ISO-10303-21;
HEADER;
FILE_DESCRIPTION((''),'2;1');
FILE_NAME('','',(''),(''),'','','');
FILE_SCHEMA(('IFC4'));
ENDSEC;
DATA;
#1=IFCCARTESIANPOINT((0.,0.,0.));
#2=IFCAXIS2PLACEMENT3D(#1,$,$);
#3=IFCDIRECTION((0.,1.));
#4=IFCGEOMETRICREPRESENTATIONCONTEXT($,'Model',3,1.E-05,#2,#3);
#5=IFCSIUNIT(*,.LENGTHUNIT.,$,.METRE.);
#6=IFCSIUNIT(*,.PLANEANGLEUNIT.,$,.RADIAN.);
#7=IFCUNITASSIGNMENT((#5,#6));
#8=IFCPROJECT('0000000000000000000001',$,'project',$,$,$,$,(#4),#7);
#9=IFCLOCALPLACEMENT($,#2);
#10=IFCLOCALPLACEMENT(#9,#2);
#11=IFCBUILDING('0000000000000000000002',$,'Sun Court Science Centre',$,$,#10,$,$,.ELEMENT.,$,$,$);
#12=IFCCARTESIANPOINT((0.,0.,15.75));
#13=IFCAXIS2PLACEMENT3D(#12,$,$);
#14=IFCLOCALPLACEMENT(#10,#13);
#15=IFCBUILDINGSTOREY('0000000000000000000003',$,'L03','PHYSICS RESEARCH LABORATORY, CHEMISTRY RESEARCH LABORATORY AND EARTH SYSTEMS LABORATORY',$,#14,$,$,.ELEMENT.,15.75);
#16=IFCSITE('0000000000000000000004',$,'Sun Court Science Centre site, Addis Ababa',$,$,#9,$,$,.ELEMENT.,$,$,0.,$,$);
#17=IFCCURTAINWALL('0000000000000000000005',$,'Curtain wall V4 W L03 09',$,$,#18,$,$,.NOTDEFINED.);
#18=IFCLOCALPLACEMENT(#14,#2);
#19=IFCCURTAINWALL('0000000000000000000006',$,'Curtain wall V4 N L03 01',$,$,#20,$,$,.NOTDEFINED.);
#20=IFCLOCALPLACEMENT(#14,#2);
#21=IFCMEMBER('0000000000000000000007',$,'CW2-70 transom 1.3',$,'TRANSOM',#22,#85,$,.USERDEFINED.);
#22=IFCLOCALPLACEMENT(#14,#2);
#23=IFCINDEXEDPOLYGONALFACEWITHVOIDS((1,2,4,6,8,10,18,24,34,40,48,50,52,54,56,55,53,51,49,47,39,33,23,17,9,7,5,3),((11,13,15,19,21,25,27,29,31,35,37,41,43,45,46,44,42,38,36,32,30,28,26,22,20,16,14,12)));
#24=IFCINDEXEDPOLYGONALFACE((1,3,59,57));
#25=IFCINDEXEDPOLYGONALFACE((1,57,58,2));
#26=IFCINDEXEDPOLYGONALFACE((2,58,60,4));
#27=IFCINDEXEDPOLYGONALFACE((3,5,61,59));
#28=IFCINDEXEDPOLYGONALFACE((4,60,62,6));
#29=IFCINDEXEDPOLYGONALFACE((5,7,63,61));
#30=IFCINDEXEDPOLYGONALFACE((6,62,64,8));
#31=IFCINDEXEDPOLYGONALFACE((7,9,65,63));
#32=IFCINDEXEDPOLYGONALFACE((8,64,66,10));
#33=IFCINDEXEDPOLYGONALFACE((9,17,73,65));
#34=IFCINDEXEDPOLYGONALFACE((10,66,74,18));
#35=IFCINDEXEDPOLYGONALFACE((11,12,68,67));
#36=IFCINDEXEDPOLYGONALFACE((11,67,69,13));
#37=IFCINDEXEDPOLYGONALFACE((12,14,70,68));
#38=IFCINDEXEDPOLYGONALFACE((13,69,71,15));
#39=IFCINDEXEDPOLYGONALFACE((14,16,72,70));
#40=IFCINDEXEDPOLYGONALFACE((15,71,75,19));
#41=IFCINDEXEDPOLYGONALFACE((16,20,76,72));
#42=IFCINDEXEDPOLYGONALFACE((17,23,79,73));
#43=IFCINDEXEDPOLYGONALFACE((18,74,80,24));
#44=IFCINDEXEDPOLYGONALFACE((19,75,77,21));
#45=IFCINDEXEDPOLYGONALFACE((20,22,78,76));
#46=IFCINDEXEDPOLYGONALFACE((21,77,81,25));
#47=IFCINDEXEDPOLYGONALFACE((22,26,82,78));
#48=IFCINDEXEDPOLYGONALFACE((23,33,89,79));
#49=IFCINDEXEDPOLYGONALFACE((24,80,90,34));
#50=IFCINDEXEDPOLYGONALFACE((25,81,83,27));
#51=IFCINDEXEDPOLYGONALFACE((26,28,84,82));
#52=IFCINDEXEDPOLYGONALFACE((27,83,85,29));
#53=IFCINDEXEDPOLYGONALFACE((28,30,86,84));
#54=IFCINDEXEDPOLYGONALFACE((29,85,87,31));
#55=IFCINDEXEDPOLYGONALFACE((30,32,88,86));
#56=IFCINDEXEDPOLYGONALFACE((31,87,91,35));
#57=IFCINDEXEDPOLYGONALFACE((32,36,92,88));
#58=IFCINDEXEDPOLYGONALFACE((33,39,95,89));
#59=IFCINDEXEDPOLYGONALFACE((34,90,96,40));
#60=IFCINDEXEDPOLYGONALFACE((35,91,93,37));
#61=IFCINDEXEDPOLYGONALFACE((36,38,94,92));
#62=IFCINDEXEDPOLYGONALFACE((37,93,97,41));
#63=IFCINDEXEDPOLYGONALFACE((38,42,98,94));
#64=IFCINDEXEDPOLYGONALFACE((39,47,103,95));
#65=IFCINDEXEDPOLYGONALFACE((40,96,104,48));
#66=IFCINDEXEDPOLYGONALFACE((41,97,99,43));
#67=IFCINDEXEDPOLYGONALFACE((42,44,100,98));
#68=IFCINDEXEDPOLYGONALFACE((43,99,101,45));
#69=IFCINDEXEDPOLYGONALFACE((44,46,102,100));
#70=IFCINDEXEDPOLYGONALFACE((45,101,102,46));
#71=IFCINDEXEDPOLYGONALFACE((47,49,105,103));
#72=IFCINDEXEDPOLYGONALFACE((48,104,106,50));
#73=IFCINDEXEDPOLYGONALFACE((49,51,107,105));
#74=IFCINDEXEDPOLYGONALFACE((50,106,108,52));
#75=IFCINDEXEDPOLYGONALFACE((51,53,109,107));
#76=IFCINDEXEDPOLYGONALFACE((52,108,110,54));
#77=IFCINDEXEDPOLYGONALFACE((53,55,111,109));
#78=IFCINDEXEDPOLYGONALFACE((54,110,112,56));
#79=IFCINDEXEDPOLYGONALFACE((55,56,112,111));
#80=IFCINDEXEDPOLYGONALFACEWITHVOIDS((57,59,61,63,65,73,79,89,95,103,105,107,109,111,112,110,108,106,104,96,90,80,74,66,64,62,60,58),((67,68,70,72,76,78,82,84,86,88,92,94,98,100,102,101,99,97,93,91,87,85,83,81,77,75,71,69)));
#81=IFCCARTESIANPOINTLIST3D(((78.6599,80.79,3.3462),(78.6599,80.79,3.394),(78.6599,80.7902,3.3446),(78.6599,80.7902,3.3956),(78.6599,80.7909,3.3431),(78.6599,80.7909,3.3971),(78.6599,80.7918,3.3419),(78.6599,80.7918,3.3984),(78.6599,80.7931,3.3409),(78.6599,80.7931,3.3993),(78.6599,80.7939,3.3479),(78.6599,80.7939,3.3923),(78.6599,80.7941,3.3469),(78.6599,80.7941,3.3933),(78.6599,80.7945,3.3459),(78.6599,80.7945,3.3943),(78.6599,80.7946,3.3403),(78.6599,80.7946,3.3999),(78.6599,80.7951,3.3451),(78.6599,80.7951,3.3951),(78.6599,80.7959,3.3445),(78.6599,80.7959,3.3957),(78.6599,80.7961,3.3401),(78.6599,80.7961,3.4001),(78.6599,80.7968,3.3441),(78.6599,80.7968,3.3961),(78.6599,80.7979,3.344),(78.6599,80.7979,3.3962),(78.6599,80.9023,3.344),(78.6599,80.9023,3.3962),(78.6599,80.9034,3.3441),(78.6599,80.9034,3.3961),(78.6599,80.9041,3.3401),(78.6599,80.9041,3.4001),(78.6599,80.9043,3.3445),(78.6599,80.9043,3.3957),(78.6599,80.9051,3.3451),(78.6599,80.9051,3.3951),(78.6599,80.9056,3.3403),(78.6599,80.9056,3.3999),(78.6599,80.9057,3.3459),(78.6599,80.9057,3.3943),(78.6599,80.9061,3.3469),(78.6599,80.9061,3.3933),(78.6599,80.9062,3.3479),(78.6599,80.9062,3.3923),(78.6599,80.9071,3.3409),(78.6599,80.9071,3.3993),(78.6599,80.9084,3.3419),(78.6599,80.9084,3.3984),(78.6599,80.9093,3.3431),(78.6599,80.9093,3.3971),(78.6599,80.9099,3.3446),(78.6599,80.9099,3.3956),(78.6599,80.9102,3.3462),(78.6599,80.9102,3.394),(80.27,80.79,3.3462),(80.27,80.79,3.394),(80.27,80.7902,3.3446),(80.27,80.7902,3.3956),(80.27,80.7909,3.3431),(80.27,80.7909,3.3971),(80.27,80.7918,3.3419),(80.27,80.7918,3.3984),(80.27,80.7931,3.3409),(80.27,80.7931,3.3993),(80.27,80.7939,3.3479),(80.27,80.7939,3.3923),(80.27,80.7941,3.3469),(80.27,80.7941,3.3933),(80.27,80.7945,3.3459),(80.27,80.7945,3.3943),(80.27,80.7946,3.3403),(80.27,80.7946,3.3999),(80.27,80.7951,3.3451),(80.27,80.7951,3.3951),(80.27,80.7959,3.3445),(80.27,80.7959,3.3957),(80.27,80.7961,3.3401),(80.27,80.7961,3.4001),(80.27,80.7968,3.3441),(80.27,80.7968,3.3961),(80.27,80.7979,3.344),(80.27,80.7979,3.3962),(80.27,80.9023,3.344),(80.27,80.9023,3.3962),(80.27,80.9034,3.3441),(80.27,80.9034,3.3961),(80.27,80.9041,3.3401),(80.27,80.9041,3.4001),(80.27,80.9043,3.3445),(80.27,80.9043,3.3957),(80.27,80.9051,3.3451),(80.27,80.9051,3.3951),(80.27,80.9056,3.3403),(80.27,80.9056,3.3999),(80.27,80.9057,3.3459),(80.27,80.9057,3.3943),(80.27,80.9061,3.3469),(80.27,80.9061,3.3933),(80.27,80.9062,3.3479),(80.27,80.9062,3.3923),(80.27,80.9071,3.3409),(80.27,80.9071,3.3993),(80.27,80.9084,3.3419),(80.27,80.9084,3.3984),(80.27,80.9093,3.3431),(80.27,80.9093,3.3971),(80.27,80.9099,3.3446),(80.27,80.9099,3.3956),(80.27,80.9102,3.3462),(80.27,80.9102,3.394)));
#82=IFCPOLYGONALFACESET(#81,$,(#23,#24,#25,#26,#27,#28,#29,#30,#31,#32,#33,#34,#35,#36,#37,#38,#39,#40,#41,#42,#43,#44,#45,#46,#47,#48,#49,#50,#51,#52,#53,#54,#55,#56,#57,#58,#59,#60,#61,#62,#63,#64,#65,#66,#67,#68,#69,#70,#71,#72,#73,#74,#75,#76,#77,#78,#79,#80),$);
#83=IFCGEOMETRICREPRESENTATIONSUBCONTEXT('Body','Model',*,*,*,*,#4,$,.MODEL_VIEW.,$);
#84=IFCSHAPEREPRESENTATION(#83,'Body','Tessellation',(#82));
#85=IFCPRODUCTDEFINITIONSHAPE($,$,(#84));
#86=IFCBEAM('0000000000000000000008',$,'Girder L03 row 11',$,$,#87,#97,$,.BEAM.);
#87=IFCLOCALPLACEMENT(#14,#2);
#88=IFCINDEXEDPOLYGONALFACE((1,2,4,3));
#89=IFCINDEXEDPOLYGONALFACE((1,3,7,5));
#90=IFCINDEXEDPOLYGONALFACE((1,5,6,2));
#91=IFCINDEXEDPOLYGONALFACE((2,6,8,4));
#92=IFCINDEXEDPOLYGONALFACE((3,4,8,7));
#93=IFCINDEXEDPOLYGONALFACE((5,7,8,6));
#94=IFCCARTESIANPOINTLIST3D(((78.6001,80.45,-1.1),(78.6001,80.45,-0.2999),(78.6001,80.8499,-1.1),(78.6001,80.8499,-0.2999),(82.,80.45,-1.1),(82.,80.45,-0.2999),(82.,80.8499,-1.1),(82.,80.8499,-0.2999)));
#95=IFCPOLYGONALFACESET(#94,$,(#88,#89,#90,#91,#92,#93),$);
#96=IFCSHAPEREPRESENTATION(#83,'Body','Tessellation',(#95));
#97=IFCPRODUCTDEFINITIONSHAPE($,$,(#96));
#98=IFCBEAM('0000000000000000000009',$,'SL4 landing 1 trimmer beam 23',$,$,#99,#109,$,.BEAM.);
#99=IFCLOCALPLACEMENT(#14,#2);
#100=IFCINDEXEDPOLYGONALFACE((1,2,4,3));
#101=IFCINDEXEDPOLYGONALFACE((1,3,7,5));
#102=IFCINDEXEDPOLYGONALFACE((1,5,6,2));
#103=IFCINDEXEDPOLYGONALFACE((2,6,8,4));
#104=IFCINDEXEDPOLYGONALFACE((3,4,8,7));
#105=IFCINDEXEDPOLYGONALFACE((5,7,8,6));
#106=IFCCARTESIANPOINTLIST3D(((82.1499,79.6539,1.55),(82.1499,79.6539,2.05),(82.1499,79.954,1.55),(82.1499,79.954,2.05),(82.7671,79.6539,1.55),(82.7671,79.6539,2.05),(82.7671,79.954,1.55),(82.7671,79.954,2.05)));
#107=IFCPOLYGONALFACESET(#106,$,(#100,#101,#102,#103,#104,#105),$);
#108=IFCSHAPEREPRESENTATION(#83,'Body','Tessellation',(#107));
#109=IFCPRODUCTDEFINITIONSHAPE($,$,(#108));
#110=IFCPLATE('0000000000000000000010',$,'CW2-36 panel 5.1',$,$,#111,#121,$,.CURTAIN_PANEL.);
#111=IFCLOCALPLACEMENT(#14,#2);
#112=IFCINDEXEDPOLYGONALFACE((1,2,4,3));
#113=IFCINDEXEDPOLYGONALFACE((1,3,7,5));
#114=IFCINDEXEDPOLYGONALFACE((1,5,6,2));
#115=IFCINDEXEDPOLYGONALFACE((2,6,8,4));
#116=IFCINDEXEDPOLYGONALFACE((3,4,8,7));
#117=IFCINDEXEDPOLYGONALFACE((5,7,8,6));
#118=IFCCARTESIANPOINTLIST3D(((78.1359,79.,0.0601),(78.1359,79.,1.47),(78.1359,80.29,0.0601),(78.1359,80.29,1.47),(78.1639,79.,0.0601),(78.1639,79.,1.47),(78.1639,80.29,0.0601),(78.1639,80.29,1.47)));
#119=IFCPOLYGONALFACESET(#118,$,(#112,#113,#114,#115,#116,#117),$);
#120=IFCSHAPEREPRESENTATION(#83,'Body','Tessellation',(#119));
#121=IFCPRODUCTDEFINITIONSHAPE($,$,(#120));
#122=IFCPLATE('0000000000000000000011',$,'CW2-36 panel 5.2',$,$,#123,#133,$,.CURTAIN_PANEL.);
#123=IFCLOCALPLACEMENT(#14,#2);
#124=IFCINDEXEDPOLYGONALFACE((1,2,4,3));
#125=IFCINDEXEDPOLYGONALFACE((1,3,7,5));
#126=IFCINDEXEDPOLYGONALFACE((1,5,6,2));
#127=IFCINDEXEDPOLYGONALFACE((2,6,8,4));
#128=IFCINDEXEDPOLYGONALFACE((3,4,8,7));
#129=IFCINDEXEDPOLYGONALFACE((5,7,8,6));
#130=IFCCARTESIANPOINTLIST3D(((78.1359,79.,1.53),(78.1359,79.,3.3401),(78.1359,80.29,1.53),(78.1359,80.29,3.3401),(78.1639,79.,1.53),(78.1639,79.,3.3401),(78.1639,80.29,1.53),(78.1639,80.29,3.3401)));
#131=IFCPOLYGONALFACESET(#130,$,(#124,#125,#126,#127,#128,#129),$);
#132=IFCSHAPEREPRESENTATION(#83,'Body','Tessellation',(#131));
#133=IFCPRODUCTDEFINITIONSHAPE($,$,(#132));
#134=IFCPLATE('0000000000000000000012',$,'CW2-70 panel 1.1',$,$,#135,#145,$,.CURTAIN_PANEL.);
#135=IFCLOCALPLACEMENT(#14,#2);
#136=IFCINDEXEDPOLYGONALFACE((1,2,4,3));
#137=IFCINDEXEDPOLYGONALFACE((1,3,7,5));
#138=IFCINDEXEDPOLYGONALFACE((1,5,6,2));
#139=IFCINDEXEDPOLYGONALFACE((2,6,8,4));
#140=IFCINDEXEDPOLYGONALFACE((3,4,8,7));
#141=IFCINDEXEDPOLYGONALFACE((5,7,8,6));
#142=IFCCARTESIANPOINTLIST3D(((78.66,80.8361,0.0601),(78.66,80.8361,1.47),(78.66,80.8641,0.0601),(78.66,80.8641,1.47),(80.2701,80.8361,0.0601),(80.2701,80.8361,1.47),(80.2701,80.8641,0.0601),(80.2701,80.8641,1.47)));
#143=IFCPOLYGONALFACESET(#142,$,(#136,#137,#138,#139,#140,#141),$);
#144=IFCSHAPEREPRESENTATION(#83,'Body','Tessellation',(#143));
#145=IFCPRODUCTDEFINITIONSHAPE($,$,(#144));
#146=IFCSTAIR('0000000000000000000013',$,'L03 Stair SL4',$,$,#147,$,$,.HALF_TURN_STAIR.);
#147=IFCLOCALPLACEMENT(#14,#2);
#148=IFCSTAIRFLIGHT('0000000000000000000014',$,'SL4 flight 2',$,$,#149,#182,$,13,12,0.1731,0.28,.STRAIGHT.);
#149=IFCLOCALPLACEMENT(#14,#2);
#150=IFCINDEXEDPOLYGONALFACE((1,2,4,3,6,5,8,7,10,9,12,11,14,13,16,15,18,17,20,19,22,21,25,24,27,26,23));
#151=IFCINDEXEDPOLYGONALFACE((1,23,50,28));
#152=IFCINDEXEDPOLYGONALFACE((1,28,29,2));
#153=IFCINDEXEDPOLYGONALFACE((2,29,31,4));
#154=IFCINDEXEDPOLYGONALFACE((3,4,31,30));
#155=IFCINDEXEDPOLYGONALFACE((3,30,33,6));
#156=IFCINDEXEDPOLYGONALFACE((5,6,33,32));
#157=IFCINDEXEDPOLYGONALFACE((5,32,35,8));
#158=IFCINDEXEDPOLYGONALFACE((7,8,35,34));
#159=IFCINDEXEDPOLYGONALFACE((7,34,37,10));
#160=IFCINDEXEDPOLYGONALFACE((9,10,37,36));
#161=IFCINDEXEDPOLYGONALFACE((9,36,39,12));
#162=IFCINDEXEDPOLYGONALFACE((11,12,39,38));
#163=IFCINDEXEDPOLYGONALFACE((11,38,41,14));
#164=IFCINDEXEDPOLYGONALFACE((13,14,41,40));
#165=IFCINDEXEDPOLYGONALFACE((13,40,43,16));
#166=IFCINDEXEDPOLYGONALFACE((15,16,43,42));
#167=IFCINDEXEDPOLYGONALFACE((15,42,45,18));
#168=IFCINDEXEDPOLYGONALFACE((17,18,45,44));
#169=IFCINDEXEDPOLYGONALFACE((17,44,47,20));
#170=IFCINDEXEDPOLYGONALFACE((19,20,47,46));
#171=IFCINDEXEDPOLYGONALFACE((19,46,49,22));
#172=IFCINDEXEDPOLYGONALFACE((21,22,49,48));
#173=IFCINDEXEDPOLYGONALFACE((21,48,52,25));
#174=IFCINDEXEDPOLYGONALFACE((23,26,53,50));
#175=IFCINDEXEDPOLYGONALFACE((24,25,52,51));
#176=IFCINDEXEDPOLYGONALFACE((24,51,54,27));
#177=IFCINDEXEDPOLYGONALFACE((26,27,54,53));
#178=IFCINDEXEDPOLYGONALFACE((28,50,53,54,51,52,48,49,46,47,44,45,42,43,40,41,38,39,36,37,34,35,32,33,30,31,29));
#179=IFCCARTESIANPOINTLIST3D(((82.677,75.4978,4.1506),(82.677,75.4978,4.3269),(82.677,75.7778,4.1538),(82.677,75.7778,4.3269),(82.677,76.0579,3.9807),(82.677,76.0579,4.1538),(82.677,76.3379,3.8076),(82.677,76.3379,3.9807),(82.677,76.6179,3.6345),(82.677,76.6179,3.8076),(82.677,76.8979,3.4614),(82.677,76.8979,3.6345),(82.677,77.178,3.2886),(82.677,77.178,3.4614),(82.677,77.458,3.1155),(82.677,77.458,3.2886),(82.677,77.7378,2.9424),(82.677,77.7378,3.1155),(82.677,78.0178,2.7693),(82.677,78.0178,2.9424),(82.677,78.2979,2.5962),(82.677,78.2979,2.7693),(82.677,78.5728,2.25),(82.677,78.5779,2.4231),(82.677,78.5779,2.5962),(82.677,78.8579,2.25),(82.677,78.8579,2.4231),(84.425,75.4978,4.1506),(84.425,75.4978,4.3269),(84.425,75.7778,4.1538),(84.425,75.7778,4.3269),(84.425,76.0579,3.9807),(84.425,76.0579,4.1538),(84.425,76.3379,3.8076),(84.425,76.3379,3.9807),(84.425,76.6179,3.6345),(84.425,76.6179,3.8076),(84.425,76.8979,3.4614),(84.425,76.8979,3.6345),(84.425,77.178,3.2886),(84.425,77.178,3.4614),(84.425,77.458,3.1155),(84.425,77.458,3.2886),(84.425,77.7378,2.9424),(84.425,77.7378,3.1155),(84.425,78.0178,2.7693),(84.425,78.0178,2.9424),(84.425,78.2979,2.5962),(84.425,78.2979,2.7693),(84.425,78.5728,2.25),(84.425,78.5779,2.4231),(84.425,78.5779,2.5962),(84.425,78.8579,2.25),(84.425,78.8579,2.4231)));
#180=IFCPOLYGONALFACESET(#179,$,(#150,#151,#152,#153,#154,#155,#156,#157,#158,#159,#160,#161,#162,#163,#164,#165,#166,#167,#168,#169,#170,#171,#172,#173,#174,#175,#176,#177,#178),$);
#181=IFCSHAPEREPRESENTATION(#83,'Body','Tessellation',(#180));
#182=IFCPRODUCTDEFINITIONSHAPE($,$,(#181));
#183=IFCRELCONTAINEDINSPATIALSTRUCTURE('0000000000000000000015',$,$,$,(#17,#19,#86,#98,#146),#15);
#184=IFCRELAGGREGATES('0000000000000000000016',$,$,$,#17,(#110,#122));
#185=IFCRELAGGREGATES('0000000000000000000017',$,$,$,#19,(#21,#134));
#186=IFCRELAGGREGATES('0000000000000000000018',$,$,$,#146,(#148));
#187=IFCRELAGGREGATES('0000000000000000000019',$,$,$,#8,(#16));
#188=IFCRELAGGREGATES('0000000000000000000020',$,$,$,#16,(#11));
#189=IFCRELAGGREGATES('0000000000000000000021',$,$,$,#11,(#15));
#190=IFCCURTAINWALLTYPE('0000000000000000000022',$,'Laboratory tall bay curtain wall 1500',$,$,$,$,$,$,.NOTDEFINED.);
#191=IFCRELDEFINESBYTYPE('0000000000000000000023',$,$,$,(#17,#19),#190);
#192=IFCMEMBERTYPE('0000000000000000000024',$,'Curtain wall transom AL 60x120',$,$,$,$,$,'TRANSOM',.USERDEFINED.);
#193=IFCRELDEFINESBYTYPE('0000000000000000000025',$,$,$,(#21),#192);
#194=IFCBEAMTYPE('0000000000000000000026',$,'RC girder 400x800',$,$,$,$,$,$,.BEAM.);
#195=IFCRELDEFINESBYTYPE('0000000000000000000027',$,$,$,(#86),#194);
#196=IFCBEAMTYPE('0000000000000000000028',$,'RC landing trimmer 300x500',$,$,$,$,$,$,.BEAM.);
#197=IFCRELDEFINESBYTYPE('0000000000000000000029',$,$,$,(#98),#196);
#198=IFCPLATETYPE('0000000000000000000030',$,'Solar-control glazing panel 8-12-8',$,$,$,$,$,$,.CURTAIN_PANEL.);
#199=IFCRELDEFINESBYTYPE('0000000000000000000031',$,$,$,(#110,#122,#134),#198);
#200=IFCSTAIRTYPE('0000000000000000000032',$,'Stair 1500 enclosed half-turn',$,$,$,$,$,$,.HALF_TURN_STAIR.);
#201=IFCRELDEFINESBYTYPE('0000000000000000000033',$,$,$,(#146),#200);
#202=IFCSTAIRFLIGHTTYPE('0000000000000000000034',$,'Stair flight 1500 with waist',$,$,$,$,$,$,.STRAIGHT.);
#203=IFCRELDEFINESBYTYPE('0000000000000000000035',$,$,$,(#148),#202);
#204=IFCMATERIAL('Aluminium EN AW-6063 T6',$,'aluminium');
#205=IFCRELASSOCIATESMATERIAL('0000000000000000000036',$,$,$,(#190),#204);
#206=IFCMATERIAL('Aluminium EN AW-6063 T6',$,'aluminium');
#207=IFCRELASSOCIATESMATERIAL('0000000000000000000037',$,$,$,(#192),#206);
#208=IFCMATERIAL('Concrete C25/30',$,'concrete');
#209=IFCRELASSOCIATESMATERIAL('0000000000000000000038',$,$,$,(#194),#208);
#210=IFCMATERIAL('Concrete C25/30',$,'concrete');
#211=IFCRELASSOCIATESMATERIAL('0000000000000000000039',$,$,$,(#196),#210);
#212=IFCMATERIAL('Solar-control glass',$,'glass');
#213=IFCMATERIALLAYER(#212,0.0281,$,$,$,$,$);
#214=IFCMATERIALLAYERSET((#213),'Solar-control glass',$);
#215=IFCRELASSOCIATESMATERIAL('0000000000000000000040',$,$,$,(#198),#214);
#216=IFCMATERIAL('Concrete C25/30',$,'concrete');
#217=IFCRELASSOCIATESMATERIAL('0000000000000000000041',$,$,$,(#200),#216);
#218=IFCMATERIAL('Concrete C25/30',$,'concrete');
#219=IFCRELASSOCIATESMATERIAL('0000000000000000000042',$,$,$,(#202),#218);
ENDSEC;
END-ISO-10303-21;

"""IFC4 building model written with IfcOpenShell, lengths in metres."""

from ifc_helpers import new_model, si_unit, direction, frame, origin, origin_2d, place, context, subcontext, project, spatial, polyline, rectangle, hollow_rectangle, outline, extrude, material, layer, layer_set, material_profile, profile_set, type_object, element, aggregate, save


model = new_model("IFC4")

# Units and contexts
model_context = context("Model", 3, precision=1e-05, world=origin(), true_north=direction((0.0, 1.0)))
body_context = subcontext(model_context, "Body", "Model", "MODEL_VIEW")
ifc_project = project(units=[si_unit("LENGTHUNIT", "METRE"), si_unit("PLANEANGLEUNIT", "RADIAN")], contexts=[model_context])

# Site, building, storey
site_placement = place(None, origin())
site = spatial("IfcSite", under=ifc_project, at=site_placement, Name="Sun Court Science Centre site, Addis Ababa", CompositionType="ELEMENT", RefElevation=0.0)
building_placement = place(site_placement, origin())
building = spatial("IfcBuilding", under=site, at=building_placement, Name="Sun Court Science Centre", CompositionType="ELEMENT")
storey_placement = place(building_placement, frame((0.0, 0.0, 15.75)))
storey = spatial("IfcBuildingStorey", under=building, at=storey_placement, Name="L03", Description="PHYSICS RESEARCH LABORATORY, CHEMISTRY RESEARCH LABORATORY AND EARTH SYSTEMS LABORATORY", CompositionType="ELEMENT", Elevation=15.75)

# Curtain wall
ifc_material_1 = material(Name="Aluminium EN AW-6063 T6", Category="aluminium")
curtain_wall_type = type_object("IfcCurtainWallType", Name="Laboratory tall bay curtain wall 1500", PredefinedType="NOTDEFINED", material=ifc_material_1)
curtain_wall_1_placement = place(storey_placement, origin())
curtain_wall_1 = element("IfcCurtainWall", 1, at=curtain_wall_1_placement, inside=storey, type_object=curtain_wall_type, Name="Curtain wall V4 W L03 09", PredefinedType="NOTDEFINED")

# Curtain wall
curtain_wall_2_placement = place(storey_placement, origin())
curtain_wall_2 = element("IfcCurtainWall", 2, at=curtain_wall_2_placement, inside=storey, type_object=curtain_wall_type, Name="Curtain wall V4 N L03 01", PredefinedType="NOTDEFINED")

# Member
ifc_material_2 = material(Name="Aluminium EN AW-6063 T6", Category="aluminium")
ifc_material_profile_1 = material_profile(ifc_material_2, hollow_rectangle(XDim=0.0601, YDim=0.1201, WallThickness=0.0039, InnerFilletRadius=0.0039, OuterFilletRadius=0.0061, at=origin_2d()), Name="AL 60x120x4")
ifc_profile_set_1 = profile_set([ifc_material_profile_1], Name="Aluminium EN AW-6063 T6")
member_type_1 = type_object("IfcMemberType", Name="Curtain wall transom AL 60x120", ElementType="TRANSOM", PredefinedType="USERDEFINED", material=ifc_profile_set_1)
member_1_placement = place(storey_placement, frame((78.6599, 80.8501, 3.3701), z_axis=(1.0, 0.0, 0.0), x_axis=(0.0, 0.0, 1.0)))
member_1 = element("IfcMember", 3, at=member_1_placement, type_object=member_type_1, Name="CW2-70 transom 1.3", ObjectType="TRANSOM", PredefinedType="USERDEFINED", context=body_context, shape_type="SweptSolid", body=[
    extrude(hollow_rectangle(XDim=0.0601, YDim=0.1201, WallThickness=0.0039, InnerFilletRadius=0.0039, OuterFilletRadius=0.0061, at=origin_2d()), origin(), (0.0, 0.0, 1.0), 1.6101),
])

# Beams
ifc_material_3 = material(Name="Concrete C25/30", Category="concrete")
ifc_material_profile_2 = material_profile(ifc_material_3, rectangle(XDim=0.3999, YDim=0.8, at=origin_2d()), Name="RC 400x800")
ifc_profile_set_2 = profile_set([ifc_material_profile_2], Name="Concrete C25/30")
beam_type_1 = type_object("IfcBeamType", Name="RC girder 400x800", PredefinedType="BEAM", material=ifc_profile_set_2)
beam_1_placement = place(storey_placement, frame((78.6001, 80.6499, -0.7), z_axis=(1.0, 0.0, 0.0), x_axis=(0.0, 1.0, 0.0)))
element("IfcBeam", 4, at=beam_1_placement, inside=storey, type_object=beam_type_1, Name="Girder L03 row 11", PredefinedType="BEAM", context=body_context, shape_type="SweptSolid", body=[
    extrude(rectangle(XDim=0.3999, YDim=0.8, at=origin_2d()), origin(), (0.0, 0.0, 1.0), 3.3999),
])
ifc_material_4 = material(Name="Concrete C25/30", Category="concrete")
ifc_material_profile_3 = material_profile(ifc_material_4, rectangle(XDim=0.3, YDim=0.5, at=origin_2d()), Name="RC 300x500")
ifc_profile_set_3 = profile_set([ifc_material_profile_3], Name="Concrete C25/30")
beam_type_2 = type_object("IfcBeamType", Name="RC landing trimmer 300x500", PredefinedType="BEAM", material=ifc_profile_set_3)
beam_2_placement = place(storey_placement, frame((82.1499, 79.804, 1.8), z_axis=(1.0, 0.0, 0.0), x_axis=(0.0, 1.0, 0.0)))
element("IfcBeam", 5, at=beam_2_placement, inside=storey, type_object=beam_type_2, Name="SL4 landing 1 trimmer beam 23", PredefinedType="BEAM", context=body_context, shape_type="SweptSolid", body=[
    extrude(rectangle(XDim=0.3, YDim=0.5, at=origin_2d()), origin(), (0.0, 0.0, 1.0), 0.6172),
])

# Plates
ifc_material_5 = material(Name="Solar-control glass", Category="glass")
ifc_layer = layer(ifc_material_5, 0.0281)
ifc_layer_set = layer_set([ifc_layer], Name="Solar-control glass")
plate_type = type_object("IfcPlateType", Name="Solar-control glazing panel 8-12-8", PredefinedType="CURTAIN_PANEL", material=ifc_layer_set)
plate_1_placement = place(storey_placement, frame((78.1499, 79.645, 0.0601), z_axis=(0.0, 0.0, 1.0), x_axis=(0.0, 1.0, 0.0)))
plate_1 = element("IfcPlate", 6, at=plate_1_placement, type_object=plate_type, Name="CW2-36 panel 5.1", PredefinedType="CURTAIN_PANEL", context=body_context, shape_type="SweptSolid", body=[
    extrude(rectangle(XDim=1.29, YDim=0.0281, at=origin_2d()), origin(), (0.0, 0.0, 1.0), 1.4099),
])
plate_2_placement = place(storey_placement, frame((78.1499, 79.645, 1.53), z_axis=(0.0, 0.0, 1.0), x_axis=(0.0, 1.0, 0.0)))
plate_2 = element("IfcPlate", 7, at=plate_2_placement, type_object=plate_type, Name="CW2-36 panel 5.2", PredefinedType="CURTAIN_PANEL", context=body_context, shape_type="SweptSolid", body=[
    extrude(rectangle(XDim=1.29, YDim=0.0281, at=origin_2d()), origin(), (0.0, 0.0, 1.0), 1.8101),
])
aggregate(curtain_wall_1, [plate_1, plate_2])
plate_3_placement = place(storey_placement, frame((79.4651, 80.8501, 0.0601), z_axis=(0.0, 0.0, 1.0), x_axis=(1.0, 0.0, 0.0)))
plate_3 = element("IfcPlate", 8, at=plate_3_placement, type_object=plate_type, Name="CW2-70 panel 1.1", PredefinedType="CURTAIN_PANEL", context=body_context, shape_type="SweptSolid", body=[
    extrude(rectangle(XDim=1.6101, YDim=0.0281, at=origin_2d()), origin(), (0.0, 0.0, 1.0), 1.4099),
])
aggregate(curtain_wall_2, [member_1, plate_3])

# Stair, stair flight
ifc_material_6 = material(Name="Concrete C25/30", Category="concrete")
stair_type = type_object("IfcStairType", Name="Stair 1500 enclosed half-turn", PredefinedType="HALF_TURN_STAIR", material=ifc_material_6)
stair_placement = place(storey_placement, origin())
stair = element("IfcStair", 9, at=stair_placement, inside=storey, type_object=stair_type, Name="L03 Stair SL4", PredefinedType="HALF_TURN_STAIR")
ifc_material_7 = material(Name="Concrete C25/30", Category="concrete")
stair_flight_type = type_object("IfcStairFlightType", Name="Stair flight 1500 with waist", PredefinedType="STRAIGHT", material=ifc_material_7)
stair_flight_placement = place(storey_placement, frame((83.551, 78.8579, 2.25), z_axis=(0.0, 0.0, 1.0), x_axis=(0.0, -1.0, 0.0)))
stair_flight = element("IfcStairFlight", 10, at=stair_flight_placement, type_object=stair_flight_type, Name="SL4 flight 2", NumberOfRisers=13, NumberOfTreads=12, PredefinedType="STRAIGHT", RiserHeight=0.1731, TreadLength=0.28, context=body_context, shape_type="SweptSolid", body=[
    extrude(outline(polyline([(0.0, 0.0), (0.0, 0.1731), (0.28, 0.1731), (0.28, 0.3462), (0.5601, 0.3462), (0.5601, 0.5193), (0.8401, 0.5193), (0.8401, 0.6924), (1.1201, 0.6924), (1.1201, 0.8655), (1.3999, 0.8655), (1.3999, 1.0386), (1.6799, 1.0386), (1.6799, 1.2114), (1.96, 1.2114), (1.96, 1.3845), (2.24, 1.3845), (2.24, 1.5576), (2.52, 1.5576), (2.52, 1.7307), (2.8, 1.7307), (2.8, 1.9038), (3.0801, 1.9038), (3.0801, 2.0769), (3.3601, 2.0769), (3.3601, 2.25), (3.3601, 1.9006), (0.2852, 0.0), (0.0, 0.0)])), frame((0.0, 0.874, 0.0), z_axis=(0.0, -1.0, 0.0), x_axis=(1.0, 0.0, 0.0)), (0.0, 0.0, 1.0), 1.748),
])
aggregate(stair, [stair_flight])

save(model, "model.ifc")
